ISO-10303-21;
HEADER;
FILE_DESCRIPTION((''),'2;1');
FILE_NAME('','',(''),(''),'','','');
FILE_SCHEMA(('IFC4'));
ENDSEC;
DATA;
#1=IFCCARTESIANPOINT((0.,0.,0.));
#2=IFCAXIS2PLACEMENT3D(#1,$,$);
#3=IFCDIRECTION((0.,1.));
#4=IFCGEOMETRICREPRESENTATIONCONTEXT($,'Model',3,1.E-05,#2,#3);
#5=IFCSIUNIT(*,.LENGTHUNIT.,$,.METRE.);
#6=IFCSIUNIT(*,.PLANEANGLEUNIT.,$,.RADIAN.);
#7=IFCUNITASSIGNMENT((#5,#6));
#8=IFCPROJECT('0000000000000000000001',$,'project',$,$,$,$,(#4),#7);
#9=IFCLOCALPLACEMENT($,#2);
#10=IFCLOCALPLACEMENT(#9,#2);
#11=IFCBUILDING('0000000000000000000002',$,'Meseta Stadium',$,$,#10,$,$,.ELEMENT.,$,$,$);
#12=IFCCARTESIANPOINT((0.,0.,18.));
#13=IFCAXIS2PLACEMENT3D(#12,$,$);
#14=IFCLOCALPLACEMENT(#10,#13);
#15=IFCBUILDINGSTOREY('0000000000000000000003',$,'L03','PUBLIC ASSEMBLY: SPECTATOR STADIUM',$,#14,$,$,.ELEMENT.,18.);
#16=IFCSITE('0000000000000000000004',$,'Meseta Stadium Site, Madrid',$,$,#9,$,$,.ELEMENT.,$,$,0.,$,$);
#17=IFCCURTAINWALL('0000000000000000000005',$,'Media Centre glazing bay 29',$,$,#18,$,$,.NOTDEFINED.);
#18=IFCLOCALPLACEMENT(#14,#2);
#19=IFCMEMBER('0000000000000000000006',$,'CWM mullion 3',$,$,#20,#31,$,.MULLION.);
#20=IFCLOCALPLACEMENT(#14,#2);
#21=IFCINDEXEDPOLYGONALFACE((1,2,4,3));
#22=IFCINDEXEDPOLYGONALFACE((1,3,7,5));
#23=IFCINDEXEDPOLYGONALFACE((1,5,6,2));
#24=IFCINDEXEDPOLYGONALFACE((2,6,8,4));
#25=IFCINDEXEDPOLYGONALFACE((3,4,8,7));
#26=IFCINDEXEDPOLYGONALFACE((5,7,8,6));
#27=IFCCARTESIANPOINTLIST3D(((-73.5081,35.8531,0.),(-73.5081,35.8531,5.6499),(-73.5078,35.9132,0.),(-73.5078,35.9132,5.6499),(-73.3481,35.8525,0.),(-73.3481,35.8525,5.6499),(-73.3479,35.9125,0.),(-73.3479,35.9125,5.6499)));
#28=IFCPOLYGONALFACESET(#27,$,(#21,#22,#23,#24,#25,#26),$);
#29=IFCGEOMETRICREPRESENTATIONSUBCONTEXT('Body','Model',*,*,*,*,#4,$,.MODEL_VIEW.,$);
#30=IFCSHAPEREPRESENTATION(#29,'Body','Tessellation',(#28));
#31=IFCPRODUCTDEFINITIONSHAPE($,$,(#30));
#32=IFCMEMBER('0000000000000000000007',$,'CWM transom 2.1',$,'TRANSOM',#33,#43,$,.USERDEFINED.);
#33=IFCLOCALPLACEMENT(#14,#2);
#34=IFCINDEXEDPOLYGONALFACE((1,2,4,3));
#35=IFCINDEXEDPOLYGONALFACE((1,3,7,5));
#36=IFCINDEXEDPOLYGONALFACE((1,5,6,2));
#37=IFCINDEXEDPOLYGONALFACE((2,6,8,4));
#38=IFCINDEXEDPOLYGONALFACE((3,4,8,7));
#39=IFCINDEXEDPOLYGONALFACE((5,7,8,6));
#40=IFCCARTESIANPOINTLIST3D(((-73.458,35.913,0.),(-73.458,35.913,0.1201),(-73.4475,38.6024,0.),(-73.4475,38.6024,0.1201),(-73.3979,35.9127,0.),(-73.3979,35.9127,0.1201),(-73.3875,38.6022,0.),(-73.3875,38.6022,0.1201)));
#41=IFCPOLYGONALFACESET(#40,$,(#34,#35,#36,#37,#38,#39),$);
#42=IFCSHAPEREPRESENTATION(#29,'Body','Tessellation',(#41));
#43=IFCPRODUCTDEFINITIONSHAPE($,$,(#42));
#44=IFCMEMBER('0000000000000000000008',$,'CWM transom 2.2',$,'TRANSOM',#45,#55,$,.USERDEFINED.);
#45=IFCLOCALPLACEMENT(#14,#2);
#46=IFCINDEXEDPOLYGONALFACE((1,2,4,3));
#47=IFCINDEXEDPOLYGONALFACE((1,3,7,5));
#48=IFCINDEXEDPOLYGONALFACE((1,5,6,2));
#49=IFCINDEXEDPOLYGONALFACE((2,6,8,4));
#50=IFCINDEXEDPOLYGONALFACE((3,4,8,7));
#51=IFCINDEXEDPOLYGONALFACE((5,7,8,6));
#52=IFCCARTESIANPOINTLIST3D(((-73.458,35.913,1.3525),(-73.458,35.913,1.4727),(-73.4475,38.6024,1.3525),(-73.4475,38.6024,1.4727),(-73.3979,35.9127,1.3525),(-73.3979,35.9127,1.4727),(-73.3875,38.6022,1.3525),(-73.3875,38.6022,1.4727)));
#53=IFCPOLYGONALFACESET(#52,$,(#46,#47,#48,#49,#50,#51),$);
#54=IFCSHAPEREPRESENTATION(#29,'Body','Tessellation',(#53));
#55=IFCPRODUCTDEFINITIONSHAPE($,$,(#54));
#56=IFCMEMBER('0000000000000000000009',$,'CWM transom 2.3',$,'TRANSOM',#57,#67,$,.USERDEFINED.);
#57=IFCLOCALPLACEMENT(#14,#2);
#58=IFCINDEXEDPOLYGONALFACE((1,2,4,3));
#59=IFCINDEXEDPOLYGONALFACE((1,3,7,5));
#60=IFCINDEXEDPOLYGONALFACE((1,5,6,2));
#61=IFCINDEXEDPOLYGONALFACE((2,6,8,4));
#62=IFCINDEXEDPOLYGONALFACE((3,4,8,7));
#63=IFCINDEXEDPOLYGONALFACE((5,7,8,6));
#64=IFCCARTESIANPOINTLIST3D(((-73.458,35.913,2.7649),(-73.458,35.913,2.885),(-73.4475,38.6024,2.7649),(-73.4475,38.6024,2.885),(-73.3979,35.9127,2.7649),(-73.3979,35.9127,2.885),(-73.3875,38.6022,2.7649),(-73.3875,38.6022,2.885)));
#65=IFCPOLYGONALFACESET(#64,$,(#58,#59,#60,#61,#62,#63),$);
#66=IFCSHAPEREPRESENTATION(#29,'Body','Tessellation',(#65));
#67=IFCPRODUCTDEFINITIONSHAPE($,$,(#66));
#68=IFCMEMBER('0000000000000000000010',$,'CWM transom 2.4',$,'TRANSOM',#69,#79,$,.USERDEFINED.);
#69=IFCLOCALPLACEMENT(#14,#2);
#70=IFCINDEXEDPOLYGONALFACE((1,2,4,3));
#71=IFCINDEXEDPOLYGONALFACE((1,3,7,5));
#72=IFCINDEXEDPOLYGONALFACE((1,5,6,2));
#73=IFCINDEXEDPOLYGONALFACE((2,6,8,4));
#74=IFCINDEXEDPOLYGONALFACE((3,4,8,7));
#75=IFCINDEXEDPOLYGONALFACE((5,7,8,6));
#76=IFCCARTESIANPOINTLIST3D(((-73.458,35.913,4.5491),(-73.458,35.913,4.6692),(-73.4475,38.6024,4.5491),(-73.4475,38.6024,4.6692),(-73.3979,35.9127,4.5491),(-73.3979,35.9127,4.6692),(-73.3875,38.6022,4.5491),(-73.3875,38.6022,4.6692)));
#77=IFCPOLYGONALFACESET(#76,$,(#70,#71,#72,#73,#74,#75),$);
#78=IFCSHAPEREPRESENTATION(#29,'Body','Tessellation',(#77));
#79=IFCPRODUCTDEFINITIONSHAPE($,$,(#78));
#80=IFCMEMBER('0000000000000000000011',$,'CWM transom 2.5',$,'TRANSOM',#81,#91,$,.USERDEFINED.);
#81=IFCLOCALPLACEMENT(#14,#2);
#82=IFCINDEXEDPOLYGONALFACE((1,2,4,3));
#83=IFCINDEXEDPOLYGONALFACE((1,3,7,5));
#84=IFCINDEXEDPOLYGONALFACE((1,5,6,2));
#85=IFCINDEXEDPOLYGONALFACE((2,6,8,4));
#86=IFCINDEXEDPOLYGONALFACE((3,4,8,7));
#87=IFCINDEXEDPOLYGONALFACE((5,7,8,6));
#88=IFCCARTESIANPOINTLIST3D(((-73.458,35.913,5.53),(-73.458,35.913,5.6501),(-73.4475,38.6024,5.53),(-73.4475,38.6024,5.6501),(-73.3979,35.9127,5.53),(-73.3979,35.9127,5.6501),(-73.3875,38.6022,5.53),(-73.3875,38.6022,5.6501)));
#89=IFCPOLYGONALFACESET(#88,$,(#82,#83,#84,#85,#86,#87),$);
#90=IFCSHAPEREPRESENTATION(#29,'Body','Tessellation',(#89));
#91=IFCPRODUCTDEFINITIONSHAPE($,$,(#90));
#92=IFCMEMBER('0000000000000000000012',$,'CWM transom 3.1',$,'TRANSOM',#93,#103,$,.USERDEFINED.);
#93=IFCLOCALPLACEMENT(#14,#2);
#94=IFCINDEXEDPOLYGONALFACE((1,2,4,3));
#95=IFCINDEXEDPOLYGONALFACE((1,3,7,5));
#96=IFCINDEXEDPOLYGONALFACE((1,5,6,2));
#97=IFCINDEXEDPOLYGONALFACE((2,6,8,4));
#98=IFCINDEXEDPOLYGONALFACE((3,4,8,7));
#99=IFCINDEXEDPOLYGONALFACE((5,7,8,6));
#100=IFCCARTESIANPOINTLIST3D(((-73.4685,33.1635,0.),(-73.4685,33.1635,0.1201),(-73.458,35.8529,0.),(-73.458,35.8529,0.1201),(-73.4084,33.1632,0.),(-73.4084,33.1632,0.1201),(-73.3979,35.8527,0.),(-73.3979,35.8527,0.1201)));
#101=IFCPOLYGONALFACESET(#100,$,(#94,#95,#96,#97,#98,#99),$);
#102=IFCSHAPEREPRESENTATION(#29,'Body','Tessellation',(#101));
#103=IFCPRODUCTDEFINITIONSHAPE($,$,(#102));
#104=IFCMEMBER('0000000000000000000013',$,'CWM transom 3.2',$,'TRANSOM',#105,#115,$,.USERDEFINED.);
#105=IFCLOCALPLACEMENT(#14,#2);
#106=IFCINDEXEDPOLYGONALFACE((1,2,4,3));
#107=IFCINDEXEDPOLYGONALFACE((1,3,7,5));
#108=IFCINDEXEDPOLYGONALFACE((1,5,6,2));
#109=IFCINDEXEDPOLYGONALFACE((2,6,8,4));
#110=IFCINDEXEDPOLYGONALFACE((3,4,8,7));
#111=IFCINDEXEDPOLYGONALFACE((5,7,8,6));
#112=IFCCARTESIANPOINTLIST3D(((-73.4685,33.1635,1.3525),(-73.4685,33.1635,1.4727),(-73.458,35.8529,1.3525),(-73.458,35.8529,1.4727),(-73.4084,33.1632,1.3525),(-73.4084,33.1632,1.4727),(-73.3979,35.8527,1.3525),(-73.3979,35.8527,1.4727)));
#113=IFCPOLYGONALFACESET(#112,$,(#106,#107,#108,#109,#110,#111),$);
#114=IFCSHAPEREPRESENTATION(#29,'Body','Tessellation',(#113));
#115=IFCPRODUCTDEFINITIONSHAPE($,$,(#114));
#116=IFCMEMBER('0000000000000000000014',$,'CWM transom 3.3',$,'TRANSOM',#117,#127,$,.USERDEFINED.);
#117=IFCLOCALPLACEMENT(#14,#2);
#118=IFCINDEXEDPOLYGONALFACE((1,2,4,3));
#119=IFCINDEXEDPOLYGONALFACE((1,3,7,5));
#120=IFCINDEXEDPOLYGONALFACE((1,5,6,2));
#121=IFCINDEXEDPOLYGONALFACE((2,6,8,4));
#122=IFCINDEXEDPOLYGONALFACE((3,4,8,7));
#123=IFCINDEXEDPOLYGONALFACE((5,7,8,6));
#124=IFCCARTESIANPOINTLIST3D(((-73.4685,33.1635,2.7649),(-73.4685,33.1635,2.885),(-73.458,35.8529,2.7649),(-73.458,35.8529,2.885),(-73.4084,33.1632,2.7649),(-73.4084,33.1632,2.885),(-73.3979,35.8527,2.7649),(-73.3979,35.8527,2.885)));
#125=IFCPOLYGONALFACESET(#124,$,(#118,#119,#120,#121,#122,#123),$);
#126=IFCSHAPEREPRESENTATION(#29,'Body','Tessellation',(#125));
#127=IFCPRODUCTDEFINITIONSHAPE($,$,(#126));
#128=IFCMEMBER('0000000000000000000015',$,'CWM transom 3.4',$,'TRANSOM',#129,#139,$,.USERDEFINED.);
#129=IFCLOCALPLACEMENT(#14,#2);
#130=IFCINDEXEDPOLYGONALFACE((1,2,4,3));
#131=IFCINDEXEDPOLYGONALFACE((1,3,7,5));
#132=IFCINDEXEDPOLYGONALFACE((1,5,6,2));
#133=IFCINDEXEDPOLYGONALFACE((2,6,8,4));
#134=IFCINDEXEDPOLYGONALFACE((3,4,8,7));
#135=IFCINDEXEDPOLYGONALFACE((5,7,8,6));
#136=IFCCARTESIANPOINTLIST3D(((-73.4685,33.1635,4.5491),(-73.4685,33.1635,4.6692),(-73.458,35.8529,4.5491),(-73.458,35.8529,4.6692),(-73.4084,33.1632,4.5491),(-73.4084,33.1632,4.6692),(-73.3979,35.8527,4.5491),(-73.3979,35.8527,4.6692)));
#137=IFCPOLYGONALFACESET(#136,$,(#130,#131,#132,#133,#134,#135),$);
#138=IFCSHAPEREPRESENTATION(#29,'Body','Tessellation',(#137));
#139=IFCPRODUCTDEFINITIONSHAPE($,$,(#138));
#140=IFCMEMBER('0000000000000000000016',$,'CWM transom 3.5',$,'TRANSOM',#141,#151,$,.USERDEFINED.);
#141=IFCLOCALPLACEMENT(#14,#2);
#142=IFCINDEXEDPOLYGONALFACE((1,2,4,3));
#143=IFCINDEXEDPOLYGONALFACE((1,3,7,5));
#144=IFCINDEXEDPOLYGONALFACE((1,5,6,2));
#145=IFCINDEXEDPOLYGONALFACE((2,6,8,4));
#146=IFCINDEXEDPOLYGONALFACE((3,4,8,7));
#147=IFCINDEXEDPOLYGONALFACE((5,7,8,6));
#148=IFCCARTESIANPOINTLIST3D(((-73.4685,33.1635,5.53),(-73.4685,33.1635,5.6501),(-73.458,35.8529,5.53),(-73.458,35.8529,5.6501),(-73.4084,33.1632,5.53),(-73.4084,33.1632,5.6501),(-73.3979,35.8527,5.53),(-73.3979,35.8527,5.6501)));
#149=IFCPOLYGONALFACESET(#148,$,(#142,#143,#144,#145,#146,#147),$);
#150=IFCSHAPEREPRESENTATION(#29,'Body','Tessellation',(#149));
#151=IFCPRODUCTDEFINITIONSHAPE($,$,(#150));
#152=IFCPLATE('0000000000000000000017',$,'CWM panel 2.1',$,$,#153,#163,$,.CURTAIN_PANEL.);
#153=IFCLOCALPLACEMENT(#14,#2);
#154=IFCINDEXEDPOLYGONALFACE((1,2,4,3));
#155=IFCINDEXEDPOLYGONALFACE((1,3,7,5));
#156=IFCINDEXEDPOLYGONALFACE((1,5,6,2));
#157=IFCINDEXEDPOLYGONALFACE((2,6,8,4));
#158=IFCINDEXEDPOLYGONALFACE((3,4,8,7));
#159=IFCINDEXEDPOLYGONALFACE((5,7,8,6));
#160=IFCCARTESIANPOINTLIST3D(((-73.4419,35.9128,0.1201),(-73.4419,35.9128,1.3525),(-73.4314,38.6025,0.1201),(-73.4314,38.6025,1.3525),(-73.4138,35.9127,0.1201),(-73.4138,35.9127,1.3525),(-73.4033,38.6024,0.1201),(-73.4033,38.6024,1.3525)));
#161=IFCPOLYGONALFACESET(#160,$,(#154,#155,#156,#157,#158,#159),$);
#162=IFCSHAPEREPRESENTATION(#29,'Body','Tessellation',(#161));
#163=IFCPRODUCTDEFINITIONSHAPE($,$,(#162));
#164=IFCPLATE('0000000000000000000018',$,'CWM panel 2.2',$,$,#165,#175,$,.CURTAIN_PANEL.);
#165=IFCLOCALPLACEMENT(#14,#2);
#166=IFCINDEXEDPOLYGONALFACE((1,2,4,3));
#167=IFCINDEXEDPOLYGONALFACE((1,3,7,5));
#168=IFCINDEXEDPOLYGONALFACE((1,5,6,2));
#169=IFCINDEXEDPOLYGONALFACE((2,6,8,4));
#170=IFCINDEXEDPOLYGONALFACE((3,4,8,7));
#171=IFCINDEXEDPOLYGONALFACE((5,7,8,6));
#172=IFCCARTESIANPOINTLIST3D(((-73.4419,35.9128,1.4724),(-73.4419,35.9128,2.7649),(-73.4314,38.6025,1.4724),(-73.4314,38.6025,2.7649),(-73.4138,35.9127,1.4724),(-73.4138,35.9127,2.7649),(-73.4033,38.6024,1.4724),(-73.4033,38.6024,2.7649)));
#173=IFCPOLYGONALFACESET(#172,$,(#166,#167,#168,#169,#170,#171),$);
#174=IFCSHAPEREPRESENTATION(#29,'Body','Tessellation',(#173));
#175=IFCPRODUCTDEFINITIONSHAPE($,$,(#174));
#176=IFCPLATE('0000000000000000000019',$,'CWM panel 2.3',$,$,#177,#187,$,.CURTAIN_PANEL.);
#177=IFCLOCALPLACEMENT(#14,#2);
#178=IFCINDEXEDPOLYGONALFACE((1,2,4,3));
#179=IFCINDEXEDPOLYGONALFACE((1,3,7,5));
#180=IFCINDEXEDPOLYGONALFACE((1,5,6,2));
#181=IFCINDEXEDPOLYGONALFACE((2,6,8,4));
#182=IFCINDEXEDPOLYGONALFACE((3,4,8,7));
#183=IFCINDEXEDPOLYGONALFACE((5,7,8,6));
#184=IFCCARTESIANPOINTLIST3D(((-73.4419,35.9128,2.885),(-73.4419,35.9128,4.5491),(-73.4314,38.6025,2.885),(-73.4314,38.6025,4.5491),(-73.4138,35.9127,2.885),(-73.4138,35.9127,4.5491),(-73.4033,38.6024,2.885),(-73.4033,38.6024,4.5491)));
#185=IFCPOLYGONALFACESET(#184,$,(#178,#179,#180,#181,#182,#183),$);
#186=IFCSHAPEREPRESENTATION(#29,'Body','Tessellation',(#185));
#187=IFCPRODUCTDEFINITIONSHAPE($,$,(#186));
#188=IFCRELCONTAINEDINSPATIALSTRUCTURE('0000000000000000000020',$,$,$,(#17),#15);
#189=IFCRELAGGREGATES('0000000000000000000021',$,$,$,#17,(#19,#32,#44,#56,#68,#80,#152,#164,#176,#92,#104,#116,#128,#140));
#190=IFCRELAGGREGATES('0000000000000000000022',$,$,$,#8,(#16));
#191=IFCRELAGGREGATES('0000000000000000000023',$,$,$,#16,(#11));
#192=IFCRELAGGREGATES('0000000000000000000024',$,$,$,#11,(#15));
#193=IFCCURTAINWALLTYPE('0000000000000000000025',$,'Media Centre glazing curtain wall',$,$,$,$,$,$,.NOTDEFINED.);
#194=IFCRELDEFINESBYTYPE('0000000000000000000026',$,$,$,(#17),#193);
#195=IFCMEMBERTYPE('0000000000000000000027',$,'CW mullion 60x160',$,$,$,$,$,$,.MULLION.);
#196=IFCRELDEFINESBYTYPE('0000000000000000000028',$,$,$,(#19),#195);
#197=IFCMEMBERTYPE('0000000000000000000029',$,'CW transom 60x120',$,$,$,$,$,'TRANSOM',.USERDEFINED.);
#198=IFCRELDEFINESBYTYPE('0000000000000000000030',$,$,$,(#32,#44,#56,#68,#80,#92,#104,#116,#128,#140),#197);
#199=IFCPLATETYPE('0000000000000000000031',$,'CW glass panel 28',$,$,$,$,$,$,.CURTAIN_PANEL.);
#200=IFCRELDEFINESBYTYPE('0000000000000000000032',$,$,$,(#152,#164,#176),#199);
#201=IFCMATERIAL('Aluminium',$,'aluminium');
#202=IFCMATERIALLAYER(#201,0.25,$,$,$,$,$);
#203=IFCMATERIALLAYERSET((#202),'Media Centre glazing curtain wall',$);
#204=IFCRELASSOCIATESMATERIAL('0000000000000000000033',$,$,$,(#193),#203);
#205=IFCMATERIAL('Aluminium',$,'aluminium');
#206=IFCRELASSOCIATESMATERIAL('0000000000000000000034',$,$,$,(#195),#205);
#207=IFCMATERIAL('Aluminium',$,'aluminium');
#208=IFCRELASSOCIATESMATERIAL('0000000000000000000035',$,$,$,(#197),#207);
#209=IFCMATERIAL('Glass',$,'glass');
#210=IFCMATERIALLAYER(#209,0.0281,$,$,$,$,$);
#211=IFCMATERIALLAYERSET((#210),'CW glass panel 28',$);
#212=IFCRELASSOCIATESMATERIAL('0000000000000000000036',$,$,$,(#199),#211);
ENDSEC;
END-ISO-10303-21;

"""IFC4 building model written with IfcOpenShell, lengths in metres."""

from ifc_helpers import new_model, si_unit, direction, frame, origin, origin_2d, place, context, subcontext, project, spatial, rectangle, extrude, material, layer, layer_set, material_profile, profile_set, type_object, element, aggregate, save


model = new_model("IFC4")

# Units and contexts
model_context = context("Model", 3, precision=1e-05, world=origin(), true_north=direction((0.0, 1.0)))
body_context = subcontext(model_context, "Body", "Model", "MODEL_VIEW")
ifc_project = project(units=[si_unit("LENGTHUNIT", "METRE"), si_unit("PLANEANGLEUNIT", "RADIAN")], contexts=[model_context])

# Site, building, storey
site_placement = place(None, origin())
site = spatial("IfcSite", under=ifc_project, at=site_placement, Name="Meseta Stadium Site, Madrid", CompositionType="ELEMENT", RefElevation=0.0)
building_placement = place(site_placement, origin())
building = spatial("IfcBuilding", under=site, at=building_placement, Name="Meseta Stadium", CompositionType="ELEMENT")
storey_placement = place(building_placement, frame((0.0, 0.0, 18.0)))
storey = spatial("IfcBuildingStorey", under=building, at=storey_placement, Name="L03", Description="PUBLIC ASSEMBLY: SPECTATOR STADIUM", CompositionType="ELEMENT", Elevation=18.0)

# Curtain wall, members, plates
ifc_material_1 = material(Name="Aluminium", Category="aluminium")
ifc_layer_1 = layer(ifc_material_1, 0.25)
ifc_layer_set_1 = layer_set([ifc_layer_1], Name="Media Centre glazing curtain wall")
curtain_wall_type = type_object("IfcCurtainWallType", Name="Media Centre glazing curtain wall", PredefinedType="NOTDEFINED", material=ifc_layer_set_1)
curtain_wall_placement = place(storey_placement, origin())
curtain_wall = element("IfcCurtainWall", 1, at=curtain_wall_placement, inside=storey, type_object=curtain_wall_type, Name="Media Centre glazing bay 29", PredefinedType="NOTDEFINED")
ifc_material_2 = material(Name="Aluminium", Category="aluminium")
ifc_material_profile_1 = material_profile(ifc_material_2, rectangle(XDim=0.1599, YDim=0.0601, at=origin_2d()), Name="CW 160x60")
ifc_profile_set_1 = profile_set([ifc_material_profile_1], Name="Aluminium")
member_type_1 = type_object("IfcMemberType", Name="CW mullion 60x160", PredefinedType="MULLION", material=ifc_profile_set_1)
member_1_placement = place(storey_placement, frame((-73.428, 35.8828, 0.0), z_axis=(0.0, 0.0, 1.0), x_axis=(0.999992, -0.003895, 0.0)))
member_1 = element("IfcMember", 2, at=member_1_placement, type_object=member_type_1, Name="CWM mullion 3", PredefinedType="MULLION", context=body_context, shape_type="SweptSolid", body=[
    extrude(rectangle(XDim=0.1599, YDim=0.0601, at=origin_2d()), origin(), (0.0, 0.0, 1.0), 5.6499),
])
ifc_material_3 = material(Name="Aluminium", Category="aluminium")
ifc_material_profile_2 = material_profile(ifc_material_3, rectangle(XDim=0.0601, YDim=0.1201, at=origin_2d()), Name="CW 60x120")
ifc_profile_set_2 = profile_set([ifc_material_profile_2], Name="Aluminium")
member_type_2 = type_object("IfcMemberType", Name="CW transom 60x120", ElementType="TRANSOM", PredefinedType="USERDEFINED", material=ifc_profile_set_2)
member_2_placement = place(storey_placement, frame((-73.4175, 38.6023, 0.0601), z_axis=(-0.003903, -0.999992, 0.0), x_axis=(0.999992, -0.003903, 0.0)))
member_2 = element("IfcMember", 3, at=member_2_placement, type_object=member_type_2, Name="CWM transom 2.1", ObjectType="TRANSOM", PredefinedType="USERDEFINED", context=body_context, shape_type="SweptSolid", body=[
    extrude(rectangle(XDim=0.0601, YDim=0.1201, at=origin_2d()), origin(), (0.0, 0.0, 1.0), 2.6895),
])
member_3_placement = place(storey_placement, frame((-73.4175, 38.6023, 1.4126), z_axis=(-0.003903, -0.999992, 0.0), x_axis=(0.999992, -0.003903, 0.0)))
member_3 = element("IfcMember", 4, at=member_3_placement, type_object=member_type_2, Name="CWM transom 2.2", ObjectType="TRANSOM", PredefinedType="USERDEFINED", context=body_context, shape_type="SweptSolid", body=[
    extrude(rectangle(XDim=0.0601, YDim=0.1201, at=origin_2d()), origin(), (0.0, 0.0, 1.0), 2.6895),
])
member_4_placement = place(storey_placement, frame((-73.4175, 38.6023, 2.825), z_axis=(-0.003903, -0.999992, 0.0), x_axis=(0.999992, -0.003903, 0.0)))
member_4 = element("IfcMember", 5, at=member_4_placement, type_object=member_type_2, Name="CWM transom 2.3", ObjectType="TRANSOM", PredefinedType="USERDEFINED", context=body_context, shape_type="SweptSolid", body=[
    extrude(rectangle(XDim=0.0601, YDim=0.1201, at=origin_2d()), origin(), (0.0, 0.0, 1.0), 2.6895),
])
member_5_placement = place(storey_placement, frame((-73.4175, 38.6023, 4.6091), z_axis=(-0.003903, -0.999992, 0.0), x_axis=(0.999992, -0.003903, 0.0)))
member_5 = element("IfcMember", 6, at=member_5_placement, type_object=member_type_2, Name="CWM transom 2.4", ObjectType="TRANSOM", PredefinedType="USERDEFINED", context=body_context, shape_type="SweptSolid", body=[
    extrude(rectangle(XDim=0.0601, YDim=0.1201, at=origin_2d()), origin(), (0.0, 0.0, 1.0), 2.6895),
])
member_6_placement = place(storey_placement, frame((-73.4175, 38.6023, 5.5901), z_axis=(-0.003903, -0.999992, 0.0), x_axis=(0.999992, -0.003903, 0.0)))
member_6 = element("IfcMember", 7, at=member_6_placement, type_object=member_type_2, Name="CWM transom 2.5", ObjectType="TRANSOM", PredefinedType="USERDEFINED", context=body_context, shape_type="SweptSolid", body=[
    extrude(rectangle(XDim=0.0601, YDim=0.1201, at=origin_2d()), origin(), (0.0, 0.0, 1.0), 2.6895),
])
member_7_placement = place(storey_placement, frame((-73.428, 35.8528, 0.0601), z_axis=(-0.003903, -0.999992, 0.0), x_axis=(0.999992, -0.003903, 0.0)))
member_7 = element("IfcMember", 8, at=member_7_placement, type_object=member_type_2, Name="CWM transom 3.1", ObjectType="TRANSOM", PredefinedType="USERDEFINED", context=body_context, shape_type="SweptSolid", body=[
    extrude(rectangle(XDim=0.0601, YDim=0.1201, at=origin_2d()), origin(), (0.0, 0.0, 1.0), 2.6895),
])
member_8_placement = place(storey_placement, frame((-73.428, 35.8528, 1.4126), z_axis=(-0.003903, -0.999992, 0.0), x_axis=(0.999992, -0.003903, 0.0)))
member_8 = element("IfcMember", 9, at=member_8_placement, type_object=member_type_2, Name="CWM transom 3.2", ObjectType="TRANSOM", PredefinedType="USERDEFINED", context=body_context, shape_type="SweptSolid", body=[
    extrude(rectangle(XDim=0.0601, YDim=0.1201, at=origin_2d()), origin(), (0.0, 0.0, 1.0), 2.6895),
])
member_9_placement = place(storey_placement, frame((-73.428, 35.8528, 2.825), z_axis=(-0.003903, -0.999992, 0.0), x_axis=(0.999992, -0.003903, 0.0)))
member_9 = element("IfcMember", 10, at=member_9_placement, type_object=member_type_2, Name="CWM transom 3.3", ObjectType="TRANSOM", PredefinedType="USERDEFINED", context=body_context, shape_type="SweptSolid", body=[
    extrude(rectangle(XDim=0.0601, YDim=0.1201, at=origin_2d()), origin(), (0.0, 0.0, 1.0), 2.6895),
])
member_10_placement = place(storey_placement, frame((-73.428, 35.8528, 4.6091), z_axis=(-0.003903, -0.999992, 0.0), x_axis=(0.999992, -0.003903, 0.0)))
member_10 = element("IfcMember", 11, at=member_10_placement, type_object=member_type_2, Name="CWM transom 3.4", ObjectType="TRANSOM", PredefinedType="USERDEFINED", context=body_context, shape_type="SweptSolid", body=[
    extrude(rectangle(XDim=0.0601, YDim=0.1201, at=origin_2d()), origin(), (0.0, 0.0, 1.0), 2.6895),
])
member_11_placement = place(storey_placement, frame((-73.428, 35.8528, 5.5901), z_axis=(-0.003903, -0.999992, 0.0), x_axis=(0.999992, -0.003903, 0.0)))
member_11 = element("IfcMember", 12, at=member_11_placement, type_object=member_type_2, Name="CWM transom 3.5", ObjectType="TRANSOM", PredefinedType="USERDEFINED", context=body_context, shape_type="SweptSolid", body=[
    extrude(rectangle(XDim=0.0601, YDim=0.1201, at=origin_2d()), origin(), (0.0, 0.0, 1.0), 2.6895),
])
ifc_material_4 = material(Name="Glass", Category="glass")
ifc_layer_2 = layer(ifc_material_4, 0.0281)
ifc_layer_set_2 = layer_set([ifc_layer_2], Name="CW glass panel 28")
plate_type = type_object("IfcPlateType", Name="CW glass panel 28", PredefinedType="CURTAIN_PANEL", material=ifc_layer_set_2)
plate_1_placement = place(storey_placement, frame((-73.4226, 37.2576, 0.1201), z_axis=(0.0, 0.0, 1.0), x_axis=(-0.003895, -0.999992, 0.0)))
plate_1 = element("IfcPlate", 13, at=plate_1_placement, type_object=plate_type, Name="CWM panel 2.1", PredefinedType="CURTAIN_PANEL", context=body_context, shape_type="SweptSolid", body=[
    extrude(rectangle(XDim=2.6897, YDim=0.0281, at=origin_2d()), origin(), (0.0, 0.0, 1.0), 1.2324),
])
plate_2_placement = place(storey_placement, frame((-73.4226, 37.2576, 1.4724), z_axis=(0.0, 0.0, 1.0), x_axis=(-0.003895, -0.999992, 0.0)))
plate_2 = element("IfcPlate", 14, at=plate_2_placement, type_object=plate_type, Name="CWM panel 2.2", PredefinedType="CURTAIN_PANEL", context=body_context, shape_type="SweptSolid", body=[
    extrude(rectangle(XDim=2.6897, YDim=0.0281, at=origin_2d()), origin(), (0.0, 0.0, 1.0), 1.2925),
])
plate_3_placement = place(storey_placement, frame((-73.4226, 37.2576, 2.885), z_axis=(0.0, 0.0, 1.0), x_axis=(-0.003895, -0.999992, 0.0)))
plate_3 = element("IfcPlate", 15, at=plate_3_placement, type_object=plate_type, Name="CWM panel 2.3", PredefinedType="CURTAIN_PANEL", context=body_context, shape_type="SweptSolid", body=[
    extrude(rectangle(XDim=2.6897, YDim=0.0281, at=origin_2d()), origin(), (0.0, 0.0, 1.0), 1.6641),
])
aggregate(curtain_wall, [member_1, member_2, member_3, member_4, member_5, member_6, plate_1, plate_2, plate_3, member_7, member_8, member_9, member_10, member_11])

save(model, "model.ifc")
